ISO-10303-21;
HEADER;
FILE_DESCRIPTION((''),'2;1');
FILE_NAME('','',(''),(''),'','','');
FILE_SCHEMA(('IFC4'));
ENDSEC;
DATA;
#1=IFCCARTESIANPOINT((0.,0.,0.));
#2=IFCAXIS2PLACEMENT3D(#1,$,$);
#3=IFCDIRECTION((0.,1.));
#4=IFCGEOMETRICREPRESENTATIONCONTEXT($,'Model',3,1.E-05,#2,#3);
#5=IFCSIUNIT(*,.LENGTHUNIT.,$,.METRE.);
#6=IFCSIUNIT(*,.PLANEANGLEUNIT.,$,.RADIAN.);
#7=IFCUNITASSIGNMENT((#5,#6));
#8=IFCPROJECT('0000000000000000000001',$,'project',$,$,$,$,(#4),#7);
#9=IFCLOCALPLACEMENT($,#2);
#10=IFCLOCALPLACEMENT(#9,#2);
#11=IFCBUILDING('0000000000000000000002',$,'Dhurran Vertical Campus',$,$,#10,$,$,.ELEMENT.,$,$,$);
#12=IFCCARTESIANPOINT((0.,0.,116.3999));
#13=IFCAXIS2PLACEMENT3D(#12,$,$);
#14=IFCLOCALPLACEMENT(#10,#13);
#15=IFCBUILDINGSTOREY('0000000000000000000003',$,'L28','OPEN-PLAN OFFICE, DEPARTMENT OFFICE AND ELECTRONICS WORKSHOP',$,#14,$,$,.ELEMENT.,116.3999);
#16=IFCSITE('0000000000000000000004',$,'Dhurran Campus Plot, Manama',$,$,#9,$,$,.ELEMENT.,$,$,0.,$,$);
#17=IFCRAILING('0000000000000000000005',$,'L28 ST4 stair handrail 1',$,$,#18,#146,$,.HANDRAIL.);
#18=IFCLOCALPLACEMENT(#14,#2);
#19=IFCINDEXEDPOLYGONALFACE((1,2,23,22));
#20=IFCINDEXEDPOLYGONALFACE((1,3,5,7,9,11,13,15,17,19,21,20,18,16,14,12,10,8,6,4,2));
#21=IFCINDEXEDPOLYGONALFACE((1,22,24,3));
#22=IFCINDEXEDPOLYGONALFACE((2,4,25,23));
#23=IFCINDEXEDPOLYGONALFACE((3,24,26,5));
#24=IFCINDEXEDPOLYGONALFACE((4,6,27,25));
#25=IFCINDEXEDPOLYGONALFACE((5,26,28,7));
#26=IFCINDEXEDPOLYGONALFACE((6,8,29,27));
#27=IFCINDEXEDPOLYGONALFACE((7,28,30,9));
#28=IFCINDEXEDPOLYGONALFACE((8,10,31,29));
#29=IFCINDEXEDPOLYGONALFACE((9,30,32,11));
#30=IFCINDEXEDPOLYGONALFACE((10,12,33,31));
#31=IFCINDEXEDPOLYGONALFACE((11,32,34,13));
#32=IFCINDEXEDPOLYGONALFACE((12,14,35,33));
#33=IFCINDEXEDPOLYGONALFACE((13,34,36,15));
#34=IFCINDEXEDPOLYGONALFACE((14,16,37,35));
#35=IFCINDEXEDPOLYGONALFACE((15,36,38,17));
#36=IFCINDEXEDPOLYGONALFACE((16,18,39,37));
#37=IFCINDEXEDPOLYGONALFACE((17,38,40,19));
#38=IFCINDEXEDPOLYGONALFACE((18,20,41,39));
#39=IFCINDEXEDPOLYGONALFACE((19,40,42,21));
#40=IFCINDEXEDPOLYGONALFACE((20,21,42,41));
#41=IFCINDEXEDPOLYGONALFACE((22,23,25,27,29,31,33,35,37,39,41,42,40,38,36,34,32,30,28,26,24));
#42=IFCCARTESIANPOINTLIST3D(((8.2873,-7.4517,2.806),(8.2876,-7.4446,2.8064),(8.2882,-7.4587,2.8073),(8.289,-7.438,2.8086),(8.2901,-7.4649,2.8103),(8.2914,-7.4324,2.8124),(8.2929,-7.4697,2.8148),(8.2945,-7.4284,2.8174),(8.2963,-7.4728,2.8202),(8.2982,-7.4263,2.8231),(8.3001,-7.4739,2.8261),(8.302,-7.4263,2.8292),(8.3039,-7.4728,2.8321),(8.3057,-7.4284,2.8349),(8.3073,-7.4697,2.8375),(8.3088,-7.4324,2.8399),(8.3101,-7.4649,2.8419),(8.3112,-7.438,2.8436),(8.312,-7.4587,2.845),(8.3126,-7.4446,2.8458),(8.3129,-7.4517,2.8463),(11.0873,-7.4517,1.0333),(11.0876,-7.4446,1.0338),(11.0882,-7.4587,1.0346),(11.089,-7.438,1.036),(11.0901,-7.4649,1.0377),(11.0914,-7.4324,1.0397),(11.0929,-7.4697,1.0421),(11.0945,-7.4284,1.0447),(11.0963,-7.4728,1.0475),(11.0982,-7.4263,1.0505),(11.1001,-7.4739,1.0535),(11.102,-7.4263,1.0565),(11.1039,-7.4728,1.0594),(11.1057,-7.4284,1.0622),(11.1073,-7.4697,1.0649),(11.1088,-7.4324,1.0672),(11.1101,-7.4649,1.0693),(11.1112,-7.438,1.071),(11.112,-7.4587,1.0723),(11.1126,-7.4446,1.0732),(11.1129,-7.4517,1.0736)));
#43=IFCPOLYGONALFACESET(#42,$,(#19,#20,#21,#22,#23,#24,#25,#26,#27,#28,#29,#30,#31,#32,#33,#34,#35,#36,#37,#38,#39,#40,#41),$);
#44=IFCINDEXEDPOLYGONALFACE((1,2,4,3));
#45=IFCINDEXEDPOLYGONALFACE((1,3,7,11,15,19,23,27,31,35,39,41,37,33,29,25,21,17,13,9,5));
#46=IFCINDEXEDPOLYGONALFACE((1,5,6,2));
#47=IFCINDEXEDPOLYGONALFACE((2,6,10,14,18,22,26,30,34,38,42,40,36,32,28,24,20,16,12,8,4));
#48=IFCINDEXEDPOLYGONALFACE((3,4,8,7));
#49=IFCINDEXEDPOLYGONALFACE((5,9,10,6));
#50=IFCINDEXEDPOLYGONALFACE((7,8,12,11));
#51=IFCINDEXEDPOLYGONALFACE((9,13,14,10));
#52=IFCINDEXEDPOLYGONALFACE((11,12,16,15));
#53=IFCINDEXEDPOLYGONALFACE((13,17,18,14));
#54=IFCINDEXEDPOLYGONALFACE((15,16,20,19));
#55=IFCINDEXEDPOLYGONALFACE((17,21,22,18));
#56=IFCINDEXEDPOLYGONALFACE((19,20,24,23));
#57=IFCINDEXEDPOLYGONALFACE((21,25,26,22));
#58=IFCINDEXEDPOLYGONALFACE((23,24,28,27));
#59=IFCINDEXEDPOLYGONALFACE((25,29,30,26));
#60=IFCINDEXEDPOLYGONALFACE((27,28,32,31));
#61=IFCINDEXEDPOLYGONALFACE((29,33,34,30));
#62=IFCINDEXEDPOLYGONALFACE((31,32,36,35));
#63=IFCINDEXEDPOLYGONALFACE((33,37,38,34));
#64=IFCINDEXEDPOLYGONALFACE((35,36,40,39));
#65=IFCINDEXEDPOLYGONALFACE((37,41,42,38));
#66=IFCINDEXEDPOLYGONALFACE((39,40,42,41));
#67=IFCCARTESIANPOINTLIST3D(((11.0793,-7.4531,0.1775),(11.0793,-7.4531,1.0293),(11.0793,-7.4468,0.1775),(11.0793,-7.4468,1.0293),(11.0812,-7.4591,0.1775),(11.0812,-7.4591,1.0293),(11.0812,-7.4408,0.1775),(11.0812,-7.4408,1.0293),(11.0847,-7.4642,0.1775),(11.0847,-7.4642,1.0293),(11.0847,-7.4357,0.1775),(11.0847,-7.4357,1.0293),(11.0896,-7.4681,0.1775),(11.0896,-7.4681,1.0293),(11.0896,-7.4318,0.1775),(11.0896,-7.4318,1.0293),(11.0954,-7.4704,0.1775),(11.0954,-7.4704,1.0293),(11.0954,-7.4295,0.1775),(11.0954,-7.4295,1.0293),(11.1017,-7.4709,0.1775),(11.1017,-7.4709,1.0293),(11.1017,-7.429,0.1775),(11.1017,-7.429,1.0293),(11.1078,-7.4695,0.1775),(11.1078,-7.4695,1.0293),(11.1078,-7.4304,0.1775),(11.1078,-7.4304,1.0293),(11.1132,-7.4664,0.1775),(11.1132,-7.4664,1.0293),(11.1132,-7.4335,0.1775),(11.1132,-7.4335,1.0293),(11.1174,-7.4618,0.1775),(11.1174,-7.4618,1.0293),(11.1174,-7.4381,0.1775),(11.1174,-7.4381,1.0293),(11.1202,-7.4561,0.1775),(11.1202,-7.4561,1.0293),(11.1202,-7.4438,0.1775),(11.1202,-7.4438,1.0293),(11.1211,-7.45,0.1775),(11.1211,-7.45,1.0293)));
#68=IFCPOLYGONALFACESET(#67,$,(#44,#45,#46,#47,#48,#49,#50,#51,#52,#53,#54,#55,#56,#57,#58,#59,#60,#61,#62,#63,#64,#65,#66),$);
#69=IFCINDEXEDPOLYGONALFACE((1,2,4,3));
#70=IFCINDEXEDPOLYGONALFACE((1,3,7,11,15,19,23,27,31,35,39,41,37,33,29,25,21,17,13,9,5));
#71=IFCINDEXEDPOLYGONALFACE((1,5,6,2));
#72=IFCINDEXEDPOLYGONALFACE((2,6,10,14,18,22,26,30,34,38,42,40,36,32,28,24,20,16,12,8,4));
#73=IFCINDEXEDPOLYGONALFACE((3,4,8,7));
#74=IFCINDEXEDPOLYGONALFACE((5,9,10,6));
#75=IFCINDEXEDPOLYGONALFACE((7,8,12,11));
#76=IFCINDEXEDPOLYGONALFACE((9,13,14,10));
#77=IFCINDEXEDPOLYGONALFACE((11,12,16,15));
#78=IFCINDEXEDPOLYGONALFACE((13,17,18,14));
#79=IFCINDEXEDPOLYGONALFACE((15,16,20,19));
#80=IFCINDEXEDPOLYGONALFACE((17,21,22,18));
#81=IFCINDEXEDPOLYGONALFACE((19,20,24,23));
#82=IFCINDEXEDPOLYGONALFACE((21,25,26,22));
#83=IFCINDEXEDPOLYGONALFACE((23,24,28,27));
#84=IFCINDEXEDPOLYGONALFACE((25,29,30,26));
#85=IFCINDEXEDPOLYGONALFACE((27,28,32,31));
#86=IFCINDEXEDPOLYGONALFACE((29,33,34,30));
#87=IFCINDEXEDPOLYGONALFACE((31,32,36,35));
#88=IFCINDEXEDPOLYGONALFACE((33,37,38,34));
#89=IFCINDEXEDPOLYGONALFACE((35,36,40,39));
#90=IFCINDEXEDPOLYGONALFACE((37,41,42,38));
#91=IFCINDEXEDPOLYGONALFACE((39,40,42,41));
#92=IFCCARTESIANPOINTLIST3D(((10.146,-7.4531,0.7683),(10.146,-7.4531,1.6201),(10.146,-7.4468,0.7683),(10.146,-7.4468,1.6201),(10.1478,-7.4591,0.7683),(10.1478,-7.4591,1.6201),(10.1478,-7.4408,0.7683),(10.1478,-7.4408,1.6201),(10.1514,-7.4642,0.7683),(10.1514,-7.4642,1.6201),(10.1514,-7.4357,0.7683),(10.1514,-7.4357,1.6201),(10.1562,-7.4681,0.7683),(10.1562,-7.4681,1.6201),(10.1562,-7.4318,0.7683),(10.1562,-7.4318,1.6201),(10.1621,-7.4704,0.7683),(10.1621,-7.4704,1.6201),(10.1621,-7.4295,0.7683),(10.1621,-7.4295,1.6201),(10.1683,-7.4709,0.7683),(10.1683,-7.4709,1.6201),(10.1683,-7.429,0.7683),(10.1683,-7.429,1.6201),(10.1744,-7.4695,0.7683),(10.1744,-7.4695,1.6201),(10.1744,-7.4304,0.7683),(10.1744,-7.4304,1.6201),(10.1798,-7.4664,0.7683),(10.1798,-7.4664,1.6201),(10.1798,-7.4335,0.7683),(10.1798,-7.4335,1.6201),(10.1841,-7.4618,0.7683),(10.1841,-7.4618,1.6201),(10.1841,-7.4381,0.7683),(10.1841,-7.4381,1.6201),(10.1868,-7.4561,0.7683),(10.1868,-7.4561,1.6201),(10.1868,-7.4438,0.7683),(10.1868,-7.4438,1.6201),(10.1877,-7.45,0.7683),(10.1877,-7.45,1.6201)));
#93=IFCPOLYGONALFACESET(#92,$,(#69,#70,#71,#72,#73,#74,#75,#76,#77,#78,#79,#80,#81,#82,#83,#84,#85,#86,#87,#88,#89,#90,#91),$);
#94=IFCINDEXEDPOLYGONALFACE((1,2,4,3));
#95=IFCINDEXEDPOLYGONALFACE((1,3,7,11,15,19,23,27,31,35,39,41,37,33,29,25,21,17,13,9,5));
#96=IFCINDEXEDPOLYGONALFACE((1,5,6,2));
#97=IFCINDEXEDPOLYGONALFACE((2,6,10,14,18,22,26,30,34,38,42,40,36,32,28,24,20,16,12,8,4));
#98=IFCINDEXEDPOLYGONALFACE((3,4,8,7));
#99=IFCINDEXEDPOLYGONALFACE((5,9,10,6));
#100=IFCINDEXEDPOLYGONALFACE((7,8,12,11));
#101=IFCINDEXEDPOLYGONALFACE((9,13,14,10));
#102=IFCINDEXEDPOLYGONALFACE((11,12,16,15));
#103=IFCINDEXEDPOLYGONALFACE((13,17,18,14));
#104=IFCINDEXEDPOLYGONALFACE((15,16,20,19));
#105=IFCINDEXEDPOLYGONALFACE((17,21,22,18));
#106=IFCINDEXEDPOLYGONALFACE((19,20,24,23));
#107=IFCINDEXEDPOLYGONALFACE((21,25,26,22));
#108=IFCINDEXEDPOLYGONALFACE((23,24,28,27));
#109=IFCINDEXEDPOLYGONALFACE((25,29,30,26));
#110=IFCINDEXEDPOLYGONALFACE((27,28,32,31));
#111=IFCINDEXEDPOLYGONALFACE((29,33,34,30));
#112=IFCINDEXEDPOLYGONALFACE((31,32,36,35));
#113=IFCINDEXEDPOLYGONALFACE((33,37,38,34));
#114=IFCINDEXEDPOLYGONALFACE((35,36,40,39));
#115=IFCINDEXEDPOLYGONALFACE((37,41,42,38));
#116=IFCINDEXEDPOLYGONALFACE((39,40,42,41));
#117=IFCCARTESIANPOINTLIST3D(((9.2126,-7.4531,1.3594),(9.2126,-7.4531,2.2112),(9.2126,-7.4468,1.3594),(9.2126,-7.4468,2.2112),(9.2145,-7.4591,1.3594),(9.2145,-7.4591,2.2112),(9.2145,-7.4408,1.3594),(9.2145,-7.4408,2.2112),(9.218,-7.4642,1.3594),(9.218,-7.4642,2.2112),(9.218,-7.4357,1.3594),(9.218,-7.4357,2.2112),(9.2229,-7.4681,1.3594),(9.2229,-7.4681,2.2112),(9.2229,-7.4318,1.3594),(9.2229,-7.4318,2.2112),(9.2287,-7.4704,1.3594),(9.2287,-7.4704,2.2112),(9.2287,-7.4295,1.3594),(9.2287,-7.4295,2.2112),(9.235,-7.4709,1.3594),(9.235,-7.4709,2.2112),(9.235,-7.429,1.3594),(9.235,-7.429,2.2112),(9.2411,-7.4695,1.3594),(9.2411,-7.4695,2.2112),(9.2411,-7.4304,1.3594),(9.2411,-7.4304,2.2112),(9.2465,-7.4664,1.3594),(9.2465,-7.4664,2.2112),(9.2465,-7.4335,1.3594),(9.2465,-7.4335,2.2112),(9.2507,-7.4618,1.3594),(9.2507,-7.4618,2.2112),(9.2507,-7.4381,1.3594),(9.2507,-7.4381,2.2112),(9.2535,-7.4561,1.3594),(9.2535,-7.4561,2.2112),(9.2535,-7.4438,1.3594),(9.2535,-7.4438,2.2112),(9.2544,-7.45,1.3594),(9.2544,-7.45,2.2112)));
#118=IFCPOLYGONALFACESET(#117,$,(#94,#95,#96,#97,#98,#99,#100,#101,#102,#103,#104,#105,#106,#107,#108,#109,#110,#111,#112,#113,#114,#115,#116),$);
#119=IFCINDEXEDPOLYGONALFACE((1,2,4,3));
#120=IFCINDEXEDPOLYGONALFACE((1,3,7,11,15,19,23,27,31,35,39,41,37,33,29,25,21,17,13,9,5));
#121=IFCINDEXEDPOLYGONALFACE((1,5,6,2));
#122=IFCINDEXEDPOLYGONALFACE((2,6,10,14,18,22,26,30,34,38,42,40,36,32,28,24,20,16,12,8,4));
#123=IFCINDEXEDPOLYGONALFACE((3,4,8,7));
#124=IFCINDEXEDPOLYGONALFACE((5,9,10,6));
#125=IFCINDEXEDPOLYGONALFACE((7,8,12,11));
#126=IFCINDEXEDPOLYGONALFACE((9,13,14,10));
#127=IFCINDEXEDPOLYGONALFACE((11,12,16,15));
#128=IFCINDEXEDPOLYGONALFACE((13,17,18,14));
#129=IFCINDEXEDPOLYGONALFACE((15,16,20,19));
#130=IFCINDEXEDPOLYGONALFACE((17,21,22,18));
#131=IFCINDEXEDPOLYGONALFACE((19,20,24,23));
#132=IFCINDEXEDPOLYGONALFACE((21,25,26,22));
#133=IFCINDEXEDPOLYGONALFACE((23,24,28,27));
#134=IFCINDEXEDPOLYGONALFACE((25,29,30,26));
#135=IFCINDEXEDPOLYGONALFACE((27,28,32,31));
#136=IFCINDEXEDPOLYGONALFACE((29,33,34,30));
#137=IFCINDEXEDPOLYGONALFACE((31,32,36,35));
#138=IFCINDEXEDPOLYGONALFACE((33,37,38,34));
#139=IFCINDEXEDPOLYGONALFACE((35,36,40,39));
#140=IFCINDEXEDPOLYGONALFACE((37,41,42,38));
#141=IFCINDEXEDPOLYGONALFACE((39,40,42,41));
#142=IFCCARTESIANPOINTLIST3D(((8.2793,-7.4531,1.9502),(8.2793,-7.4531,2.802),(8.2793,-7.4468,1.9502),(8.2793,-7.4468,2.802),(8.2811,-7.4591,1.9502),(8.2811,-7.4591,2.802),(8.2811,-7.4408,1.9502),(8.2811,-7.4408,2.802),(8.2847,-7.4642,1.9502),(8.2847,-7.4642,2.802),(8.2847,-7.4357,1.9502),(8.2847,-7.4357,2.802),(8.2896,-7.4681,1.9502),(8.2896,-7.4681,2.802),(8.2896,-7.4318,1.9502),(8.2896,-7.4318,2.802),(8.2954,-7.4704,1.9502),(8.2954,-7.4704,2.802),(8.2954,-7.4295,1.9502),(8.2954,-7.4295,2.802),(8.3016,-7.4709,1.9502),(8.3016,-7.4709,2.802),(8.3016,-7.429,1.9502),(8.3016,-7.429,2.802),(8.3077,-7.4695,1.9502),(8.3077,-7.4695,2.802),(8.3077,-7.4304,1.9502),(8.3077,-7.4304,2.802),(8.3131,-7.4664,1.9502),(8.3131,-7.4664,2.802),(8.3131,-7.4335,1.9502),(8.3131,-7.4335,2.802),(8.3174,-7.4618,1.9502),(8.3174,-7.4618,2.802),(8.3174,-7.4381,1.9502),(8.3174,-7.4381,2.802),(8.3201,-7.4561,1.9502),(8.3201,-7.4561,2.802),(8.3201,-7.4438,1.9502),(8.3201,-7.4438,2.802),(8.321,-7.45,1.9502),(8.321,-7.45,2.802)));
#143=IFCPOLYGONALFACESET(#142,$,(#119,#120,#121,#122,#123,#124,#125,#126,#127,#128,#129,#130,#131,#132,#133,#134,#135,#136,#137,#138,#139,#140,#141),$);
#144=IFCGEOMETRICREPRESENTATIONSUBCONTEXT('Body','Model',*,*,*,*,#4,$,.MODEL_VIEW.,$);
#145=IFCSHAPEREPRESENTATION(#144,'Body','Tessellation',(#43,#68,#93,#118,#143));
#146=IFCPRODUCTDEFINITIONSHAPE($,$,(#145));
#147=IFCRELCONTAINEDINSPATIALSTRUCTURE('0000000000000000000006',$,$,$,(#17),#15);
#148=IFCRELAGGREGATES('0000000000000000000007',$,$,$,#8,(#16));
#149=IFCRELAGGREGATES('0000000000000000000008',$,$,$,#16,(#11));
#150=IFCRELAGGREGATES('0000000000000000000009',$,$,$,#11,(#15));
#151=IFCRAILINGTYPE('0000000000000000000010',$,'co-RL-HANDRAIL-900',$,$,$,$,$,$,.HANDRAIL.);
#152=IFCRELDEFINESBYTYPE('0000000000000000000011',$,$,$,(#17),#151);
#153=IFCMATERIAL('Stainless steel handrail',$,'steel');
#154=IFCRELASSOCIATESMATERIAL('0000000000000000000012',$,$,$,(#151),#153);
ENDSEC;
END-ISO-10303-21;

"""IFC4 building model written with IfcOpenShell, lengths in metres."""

from ifc_helpers import new_model, si_unit, direction, frame, origin, origin_2d, place, context, subcontext, project, spatial, circle, extrude, material, type_object, element, save


model = new_model("IFC4")

# Units and contexts
model_context = context("Model", 3, precision=1e-05, world=origin(), true_north=direction((0.0, 1.0)))
body_context = subcontext(model_context, "Body", "Model", "MODEL_VIEW")
ifc_project = project(units=[si_unit("LENGTHUNIT", "METRE"), si_unit("PLANEANGLEUNIT", "RADIAN")], contexts=[model_context])

# Site, building, storey
site_placement = place(None, origin())
site = spatial("IfcSite", under=ifc_project, at=site_placement, Name="Dhurran Campus Plot, Manama", CompositionType="ELEMENT", RefElevation=0.0)
building_placement = place(site_placement, origin())
building = spatial("IfcBuilding", under=site, at=building_placement, Name="Dhurran Vertical Campus", CompositionType="ELEMENT")
storey_placement = place(building_placement, frame((0.0, 0.0, 116.3999)))
storey = spatial("IfcBuildingStorey", under=building, at=storey_placement, Name="L28", Description="OPEN-PLAN OFFICE, DEPARTMENT OFFICE AND ELECTRONICS WORKSHOP", CompositionType="ELEMENT", Elevation=116.3999)

# Railing
ifc_material_1 = material(Name="Stainless steel handrail", Category="steel")
railing_type_1 = type_object("IfcRailingType", Name="co-RL-HANDRAIL-900", PredefinedType="HANDRAIL", material=ifc_material_1)
railing_1_placement = place(storey_placement, frame((11.1001, -7.45, 0.1775)))
element("IfcRailing", 1, at=railing_1_placement, inside=storey, type_object=railing_type_1, Name="L28 ST4 stair handrail 1", PredefinedType="HANDRAIL", context=body_context, shape_type="SweptSolid", body=[
    extrude(circle(Radius=0.0239, at=origin_2d()), frame((0.0, 0.0, 0.876), z_axis=(-0.844909, 0.0, 0.53491), x_axis=(0.0, -1.0, 0.0)), (0.0, 0.0, 1.0), 3.314),
    extrude(circle(Radius=0.021, at=origin_2d()), origin(), (0.0, 0.0, 1.0), 0.8518),
    extrude(circle(Radius=0.021, at=origin_2d()), frame((-0.9333, 0.0, 0.5908)), (0.0, 0.0, 1.0), 0.8518),
    extrude(circle(Radius=0.021, at=origin_2d()), frame((-1.8667, 0.0, 1.1819)), (0.0, 0.0, 1.0), 0.8518),
    extrude(circle(Radius=0.021, at=origin_2d()), frame((-2.8, 0.0, 1.7727)), (0.0, 0.0, 1.0), 0.8518),
])

save(model, "model.ifc")
